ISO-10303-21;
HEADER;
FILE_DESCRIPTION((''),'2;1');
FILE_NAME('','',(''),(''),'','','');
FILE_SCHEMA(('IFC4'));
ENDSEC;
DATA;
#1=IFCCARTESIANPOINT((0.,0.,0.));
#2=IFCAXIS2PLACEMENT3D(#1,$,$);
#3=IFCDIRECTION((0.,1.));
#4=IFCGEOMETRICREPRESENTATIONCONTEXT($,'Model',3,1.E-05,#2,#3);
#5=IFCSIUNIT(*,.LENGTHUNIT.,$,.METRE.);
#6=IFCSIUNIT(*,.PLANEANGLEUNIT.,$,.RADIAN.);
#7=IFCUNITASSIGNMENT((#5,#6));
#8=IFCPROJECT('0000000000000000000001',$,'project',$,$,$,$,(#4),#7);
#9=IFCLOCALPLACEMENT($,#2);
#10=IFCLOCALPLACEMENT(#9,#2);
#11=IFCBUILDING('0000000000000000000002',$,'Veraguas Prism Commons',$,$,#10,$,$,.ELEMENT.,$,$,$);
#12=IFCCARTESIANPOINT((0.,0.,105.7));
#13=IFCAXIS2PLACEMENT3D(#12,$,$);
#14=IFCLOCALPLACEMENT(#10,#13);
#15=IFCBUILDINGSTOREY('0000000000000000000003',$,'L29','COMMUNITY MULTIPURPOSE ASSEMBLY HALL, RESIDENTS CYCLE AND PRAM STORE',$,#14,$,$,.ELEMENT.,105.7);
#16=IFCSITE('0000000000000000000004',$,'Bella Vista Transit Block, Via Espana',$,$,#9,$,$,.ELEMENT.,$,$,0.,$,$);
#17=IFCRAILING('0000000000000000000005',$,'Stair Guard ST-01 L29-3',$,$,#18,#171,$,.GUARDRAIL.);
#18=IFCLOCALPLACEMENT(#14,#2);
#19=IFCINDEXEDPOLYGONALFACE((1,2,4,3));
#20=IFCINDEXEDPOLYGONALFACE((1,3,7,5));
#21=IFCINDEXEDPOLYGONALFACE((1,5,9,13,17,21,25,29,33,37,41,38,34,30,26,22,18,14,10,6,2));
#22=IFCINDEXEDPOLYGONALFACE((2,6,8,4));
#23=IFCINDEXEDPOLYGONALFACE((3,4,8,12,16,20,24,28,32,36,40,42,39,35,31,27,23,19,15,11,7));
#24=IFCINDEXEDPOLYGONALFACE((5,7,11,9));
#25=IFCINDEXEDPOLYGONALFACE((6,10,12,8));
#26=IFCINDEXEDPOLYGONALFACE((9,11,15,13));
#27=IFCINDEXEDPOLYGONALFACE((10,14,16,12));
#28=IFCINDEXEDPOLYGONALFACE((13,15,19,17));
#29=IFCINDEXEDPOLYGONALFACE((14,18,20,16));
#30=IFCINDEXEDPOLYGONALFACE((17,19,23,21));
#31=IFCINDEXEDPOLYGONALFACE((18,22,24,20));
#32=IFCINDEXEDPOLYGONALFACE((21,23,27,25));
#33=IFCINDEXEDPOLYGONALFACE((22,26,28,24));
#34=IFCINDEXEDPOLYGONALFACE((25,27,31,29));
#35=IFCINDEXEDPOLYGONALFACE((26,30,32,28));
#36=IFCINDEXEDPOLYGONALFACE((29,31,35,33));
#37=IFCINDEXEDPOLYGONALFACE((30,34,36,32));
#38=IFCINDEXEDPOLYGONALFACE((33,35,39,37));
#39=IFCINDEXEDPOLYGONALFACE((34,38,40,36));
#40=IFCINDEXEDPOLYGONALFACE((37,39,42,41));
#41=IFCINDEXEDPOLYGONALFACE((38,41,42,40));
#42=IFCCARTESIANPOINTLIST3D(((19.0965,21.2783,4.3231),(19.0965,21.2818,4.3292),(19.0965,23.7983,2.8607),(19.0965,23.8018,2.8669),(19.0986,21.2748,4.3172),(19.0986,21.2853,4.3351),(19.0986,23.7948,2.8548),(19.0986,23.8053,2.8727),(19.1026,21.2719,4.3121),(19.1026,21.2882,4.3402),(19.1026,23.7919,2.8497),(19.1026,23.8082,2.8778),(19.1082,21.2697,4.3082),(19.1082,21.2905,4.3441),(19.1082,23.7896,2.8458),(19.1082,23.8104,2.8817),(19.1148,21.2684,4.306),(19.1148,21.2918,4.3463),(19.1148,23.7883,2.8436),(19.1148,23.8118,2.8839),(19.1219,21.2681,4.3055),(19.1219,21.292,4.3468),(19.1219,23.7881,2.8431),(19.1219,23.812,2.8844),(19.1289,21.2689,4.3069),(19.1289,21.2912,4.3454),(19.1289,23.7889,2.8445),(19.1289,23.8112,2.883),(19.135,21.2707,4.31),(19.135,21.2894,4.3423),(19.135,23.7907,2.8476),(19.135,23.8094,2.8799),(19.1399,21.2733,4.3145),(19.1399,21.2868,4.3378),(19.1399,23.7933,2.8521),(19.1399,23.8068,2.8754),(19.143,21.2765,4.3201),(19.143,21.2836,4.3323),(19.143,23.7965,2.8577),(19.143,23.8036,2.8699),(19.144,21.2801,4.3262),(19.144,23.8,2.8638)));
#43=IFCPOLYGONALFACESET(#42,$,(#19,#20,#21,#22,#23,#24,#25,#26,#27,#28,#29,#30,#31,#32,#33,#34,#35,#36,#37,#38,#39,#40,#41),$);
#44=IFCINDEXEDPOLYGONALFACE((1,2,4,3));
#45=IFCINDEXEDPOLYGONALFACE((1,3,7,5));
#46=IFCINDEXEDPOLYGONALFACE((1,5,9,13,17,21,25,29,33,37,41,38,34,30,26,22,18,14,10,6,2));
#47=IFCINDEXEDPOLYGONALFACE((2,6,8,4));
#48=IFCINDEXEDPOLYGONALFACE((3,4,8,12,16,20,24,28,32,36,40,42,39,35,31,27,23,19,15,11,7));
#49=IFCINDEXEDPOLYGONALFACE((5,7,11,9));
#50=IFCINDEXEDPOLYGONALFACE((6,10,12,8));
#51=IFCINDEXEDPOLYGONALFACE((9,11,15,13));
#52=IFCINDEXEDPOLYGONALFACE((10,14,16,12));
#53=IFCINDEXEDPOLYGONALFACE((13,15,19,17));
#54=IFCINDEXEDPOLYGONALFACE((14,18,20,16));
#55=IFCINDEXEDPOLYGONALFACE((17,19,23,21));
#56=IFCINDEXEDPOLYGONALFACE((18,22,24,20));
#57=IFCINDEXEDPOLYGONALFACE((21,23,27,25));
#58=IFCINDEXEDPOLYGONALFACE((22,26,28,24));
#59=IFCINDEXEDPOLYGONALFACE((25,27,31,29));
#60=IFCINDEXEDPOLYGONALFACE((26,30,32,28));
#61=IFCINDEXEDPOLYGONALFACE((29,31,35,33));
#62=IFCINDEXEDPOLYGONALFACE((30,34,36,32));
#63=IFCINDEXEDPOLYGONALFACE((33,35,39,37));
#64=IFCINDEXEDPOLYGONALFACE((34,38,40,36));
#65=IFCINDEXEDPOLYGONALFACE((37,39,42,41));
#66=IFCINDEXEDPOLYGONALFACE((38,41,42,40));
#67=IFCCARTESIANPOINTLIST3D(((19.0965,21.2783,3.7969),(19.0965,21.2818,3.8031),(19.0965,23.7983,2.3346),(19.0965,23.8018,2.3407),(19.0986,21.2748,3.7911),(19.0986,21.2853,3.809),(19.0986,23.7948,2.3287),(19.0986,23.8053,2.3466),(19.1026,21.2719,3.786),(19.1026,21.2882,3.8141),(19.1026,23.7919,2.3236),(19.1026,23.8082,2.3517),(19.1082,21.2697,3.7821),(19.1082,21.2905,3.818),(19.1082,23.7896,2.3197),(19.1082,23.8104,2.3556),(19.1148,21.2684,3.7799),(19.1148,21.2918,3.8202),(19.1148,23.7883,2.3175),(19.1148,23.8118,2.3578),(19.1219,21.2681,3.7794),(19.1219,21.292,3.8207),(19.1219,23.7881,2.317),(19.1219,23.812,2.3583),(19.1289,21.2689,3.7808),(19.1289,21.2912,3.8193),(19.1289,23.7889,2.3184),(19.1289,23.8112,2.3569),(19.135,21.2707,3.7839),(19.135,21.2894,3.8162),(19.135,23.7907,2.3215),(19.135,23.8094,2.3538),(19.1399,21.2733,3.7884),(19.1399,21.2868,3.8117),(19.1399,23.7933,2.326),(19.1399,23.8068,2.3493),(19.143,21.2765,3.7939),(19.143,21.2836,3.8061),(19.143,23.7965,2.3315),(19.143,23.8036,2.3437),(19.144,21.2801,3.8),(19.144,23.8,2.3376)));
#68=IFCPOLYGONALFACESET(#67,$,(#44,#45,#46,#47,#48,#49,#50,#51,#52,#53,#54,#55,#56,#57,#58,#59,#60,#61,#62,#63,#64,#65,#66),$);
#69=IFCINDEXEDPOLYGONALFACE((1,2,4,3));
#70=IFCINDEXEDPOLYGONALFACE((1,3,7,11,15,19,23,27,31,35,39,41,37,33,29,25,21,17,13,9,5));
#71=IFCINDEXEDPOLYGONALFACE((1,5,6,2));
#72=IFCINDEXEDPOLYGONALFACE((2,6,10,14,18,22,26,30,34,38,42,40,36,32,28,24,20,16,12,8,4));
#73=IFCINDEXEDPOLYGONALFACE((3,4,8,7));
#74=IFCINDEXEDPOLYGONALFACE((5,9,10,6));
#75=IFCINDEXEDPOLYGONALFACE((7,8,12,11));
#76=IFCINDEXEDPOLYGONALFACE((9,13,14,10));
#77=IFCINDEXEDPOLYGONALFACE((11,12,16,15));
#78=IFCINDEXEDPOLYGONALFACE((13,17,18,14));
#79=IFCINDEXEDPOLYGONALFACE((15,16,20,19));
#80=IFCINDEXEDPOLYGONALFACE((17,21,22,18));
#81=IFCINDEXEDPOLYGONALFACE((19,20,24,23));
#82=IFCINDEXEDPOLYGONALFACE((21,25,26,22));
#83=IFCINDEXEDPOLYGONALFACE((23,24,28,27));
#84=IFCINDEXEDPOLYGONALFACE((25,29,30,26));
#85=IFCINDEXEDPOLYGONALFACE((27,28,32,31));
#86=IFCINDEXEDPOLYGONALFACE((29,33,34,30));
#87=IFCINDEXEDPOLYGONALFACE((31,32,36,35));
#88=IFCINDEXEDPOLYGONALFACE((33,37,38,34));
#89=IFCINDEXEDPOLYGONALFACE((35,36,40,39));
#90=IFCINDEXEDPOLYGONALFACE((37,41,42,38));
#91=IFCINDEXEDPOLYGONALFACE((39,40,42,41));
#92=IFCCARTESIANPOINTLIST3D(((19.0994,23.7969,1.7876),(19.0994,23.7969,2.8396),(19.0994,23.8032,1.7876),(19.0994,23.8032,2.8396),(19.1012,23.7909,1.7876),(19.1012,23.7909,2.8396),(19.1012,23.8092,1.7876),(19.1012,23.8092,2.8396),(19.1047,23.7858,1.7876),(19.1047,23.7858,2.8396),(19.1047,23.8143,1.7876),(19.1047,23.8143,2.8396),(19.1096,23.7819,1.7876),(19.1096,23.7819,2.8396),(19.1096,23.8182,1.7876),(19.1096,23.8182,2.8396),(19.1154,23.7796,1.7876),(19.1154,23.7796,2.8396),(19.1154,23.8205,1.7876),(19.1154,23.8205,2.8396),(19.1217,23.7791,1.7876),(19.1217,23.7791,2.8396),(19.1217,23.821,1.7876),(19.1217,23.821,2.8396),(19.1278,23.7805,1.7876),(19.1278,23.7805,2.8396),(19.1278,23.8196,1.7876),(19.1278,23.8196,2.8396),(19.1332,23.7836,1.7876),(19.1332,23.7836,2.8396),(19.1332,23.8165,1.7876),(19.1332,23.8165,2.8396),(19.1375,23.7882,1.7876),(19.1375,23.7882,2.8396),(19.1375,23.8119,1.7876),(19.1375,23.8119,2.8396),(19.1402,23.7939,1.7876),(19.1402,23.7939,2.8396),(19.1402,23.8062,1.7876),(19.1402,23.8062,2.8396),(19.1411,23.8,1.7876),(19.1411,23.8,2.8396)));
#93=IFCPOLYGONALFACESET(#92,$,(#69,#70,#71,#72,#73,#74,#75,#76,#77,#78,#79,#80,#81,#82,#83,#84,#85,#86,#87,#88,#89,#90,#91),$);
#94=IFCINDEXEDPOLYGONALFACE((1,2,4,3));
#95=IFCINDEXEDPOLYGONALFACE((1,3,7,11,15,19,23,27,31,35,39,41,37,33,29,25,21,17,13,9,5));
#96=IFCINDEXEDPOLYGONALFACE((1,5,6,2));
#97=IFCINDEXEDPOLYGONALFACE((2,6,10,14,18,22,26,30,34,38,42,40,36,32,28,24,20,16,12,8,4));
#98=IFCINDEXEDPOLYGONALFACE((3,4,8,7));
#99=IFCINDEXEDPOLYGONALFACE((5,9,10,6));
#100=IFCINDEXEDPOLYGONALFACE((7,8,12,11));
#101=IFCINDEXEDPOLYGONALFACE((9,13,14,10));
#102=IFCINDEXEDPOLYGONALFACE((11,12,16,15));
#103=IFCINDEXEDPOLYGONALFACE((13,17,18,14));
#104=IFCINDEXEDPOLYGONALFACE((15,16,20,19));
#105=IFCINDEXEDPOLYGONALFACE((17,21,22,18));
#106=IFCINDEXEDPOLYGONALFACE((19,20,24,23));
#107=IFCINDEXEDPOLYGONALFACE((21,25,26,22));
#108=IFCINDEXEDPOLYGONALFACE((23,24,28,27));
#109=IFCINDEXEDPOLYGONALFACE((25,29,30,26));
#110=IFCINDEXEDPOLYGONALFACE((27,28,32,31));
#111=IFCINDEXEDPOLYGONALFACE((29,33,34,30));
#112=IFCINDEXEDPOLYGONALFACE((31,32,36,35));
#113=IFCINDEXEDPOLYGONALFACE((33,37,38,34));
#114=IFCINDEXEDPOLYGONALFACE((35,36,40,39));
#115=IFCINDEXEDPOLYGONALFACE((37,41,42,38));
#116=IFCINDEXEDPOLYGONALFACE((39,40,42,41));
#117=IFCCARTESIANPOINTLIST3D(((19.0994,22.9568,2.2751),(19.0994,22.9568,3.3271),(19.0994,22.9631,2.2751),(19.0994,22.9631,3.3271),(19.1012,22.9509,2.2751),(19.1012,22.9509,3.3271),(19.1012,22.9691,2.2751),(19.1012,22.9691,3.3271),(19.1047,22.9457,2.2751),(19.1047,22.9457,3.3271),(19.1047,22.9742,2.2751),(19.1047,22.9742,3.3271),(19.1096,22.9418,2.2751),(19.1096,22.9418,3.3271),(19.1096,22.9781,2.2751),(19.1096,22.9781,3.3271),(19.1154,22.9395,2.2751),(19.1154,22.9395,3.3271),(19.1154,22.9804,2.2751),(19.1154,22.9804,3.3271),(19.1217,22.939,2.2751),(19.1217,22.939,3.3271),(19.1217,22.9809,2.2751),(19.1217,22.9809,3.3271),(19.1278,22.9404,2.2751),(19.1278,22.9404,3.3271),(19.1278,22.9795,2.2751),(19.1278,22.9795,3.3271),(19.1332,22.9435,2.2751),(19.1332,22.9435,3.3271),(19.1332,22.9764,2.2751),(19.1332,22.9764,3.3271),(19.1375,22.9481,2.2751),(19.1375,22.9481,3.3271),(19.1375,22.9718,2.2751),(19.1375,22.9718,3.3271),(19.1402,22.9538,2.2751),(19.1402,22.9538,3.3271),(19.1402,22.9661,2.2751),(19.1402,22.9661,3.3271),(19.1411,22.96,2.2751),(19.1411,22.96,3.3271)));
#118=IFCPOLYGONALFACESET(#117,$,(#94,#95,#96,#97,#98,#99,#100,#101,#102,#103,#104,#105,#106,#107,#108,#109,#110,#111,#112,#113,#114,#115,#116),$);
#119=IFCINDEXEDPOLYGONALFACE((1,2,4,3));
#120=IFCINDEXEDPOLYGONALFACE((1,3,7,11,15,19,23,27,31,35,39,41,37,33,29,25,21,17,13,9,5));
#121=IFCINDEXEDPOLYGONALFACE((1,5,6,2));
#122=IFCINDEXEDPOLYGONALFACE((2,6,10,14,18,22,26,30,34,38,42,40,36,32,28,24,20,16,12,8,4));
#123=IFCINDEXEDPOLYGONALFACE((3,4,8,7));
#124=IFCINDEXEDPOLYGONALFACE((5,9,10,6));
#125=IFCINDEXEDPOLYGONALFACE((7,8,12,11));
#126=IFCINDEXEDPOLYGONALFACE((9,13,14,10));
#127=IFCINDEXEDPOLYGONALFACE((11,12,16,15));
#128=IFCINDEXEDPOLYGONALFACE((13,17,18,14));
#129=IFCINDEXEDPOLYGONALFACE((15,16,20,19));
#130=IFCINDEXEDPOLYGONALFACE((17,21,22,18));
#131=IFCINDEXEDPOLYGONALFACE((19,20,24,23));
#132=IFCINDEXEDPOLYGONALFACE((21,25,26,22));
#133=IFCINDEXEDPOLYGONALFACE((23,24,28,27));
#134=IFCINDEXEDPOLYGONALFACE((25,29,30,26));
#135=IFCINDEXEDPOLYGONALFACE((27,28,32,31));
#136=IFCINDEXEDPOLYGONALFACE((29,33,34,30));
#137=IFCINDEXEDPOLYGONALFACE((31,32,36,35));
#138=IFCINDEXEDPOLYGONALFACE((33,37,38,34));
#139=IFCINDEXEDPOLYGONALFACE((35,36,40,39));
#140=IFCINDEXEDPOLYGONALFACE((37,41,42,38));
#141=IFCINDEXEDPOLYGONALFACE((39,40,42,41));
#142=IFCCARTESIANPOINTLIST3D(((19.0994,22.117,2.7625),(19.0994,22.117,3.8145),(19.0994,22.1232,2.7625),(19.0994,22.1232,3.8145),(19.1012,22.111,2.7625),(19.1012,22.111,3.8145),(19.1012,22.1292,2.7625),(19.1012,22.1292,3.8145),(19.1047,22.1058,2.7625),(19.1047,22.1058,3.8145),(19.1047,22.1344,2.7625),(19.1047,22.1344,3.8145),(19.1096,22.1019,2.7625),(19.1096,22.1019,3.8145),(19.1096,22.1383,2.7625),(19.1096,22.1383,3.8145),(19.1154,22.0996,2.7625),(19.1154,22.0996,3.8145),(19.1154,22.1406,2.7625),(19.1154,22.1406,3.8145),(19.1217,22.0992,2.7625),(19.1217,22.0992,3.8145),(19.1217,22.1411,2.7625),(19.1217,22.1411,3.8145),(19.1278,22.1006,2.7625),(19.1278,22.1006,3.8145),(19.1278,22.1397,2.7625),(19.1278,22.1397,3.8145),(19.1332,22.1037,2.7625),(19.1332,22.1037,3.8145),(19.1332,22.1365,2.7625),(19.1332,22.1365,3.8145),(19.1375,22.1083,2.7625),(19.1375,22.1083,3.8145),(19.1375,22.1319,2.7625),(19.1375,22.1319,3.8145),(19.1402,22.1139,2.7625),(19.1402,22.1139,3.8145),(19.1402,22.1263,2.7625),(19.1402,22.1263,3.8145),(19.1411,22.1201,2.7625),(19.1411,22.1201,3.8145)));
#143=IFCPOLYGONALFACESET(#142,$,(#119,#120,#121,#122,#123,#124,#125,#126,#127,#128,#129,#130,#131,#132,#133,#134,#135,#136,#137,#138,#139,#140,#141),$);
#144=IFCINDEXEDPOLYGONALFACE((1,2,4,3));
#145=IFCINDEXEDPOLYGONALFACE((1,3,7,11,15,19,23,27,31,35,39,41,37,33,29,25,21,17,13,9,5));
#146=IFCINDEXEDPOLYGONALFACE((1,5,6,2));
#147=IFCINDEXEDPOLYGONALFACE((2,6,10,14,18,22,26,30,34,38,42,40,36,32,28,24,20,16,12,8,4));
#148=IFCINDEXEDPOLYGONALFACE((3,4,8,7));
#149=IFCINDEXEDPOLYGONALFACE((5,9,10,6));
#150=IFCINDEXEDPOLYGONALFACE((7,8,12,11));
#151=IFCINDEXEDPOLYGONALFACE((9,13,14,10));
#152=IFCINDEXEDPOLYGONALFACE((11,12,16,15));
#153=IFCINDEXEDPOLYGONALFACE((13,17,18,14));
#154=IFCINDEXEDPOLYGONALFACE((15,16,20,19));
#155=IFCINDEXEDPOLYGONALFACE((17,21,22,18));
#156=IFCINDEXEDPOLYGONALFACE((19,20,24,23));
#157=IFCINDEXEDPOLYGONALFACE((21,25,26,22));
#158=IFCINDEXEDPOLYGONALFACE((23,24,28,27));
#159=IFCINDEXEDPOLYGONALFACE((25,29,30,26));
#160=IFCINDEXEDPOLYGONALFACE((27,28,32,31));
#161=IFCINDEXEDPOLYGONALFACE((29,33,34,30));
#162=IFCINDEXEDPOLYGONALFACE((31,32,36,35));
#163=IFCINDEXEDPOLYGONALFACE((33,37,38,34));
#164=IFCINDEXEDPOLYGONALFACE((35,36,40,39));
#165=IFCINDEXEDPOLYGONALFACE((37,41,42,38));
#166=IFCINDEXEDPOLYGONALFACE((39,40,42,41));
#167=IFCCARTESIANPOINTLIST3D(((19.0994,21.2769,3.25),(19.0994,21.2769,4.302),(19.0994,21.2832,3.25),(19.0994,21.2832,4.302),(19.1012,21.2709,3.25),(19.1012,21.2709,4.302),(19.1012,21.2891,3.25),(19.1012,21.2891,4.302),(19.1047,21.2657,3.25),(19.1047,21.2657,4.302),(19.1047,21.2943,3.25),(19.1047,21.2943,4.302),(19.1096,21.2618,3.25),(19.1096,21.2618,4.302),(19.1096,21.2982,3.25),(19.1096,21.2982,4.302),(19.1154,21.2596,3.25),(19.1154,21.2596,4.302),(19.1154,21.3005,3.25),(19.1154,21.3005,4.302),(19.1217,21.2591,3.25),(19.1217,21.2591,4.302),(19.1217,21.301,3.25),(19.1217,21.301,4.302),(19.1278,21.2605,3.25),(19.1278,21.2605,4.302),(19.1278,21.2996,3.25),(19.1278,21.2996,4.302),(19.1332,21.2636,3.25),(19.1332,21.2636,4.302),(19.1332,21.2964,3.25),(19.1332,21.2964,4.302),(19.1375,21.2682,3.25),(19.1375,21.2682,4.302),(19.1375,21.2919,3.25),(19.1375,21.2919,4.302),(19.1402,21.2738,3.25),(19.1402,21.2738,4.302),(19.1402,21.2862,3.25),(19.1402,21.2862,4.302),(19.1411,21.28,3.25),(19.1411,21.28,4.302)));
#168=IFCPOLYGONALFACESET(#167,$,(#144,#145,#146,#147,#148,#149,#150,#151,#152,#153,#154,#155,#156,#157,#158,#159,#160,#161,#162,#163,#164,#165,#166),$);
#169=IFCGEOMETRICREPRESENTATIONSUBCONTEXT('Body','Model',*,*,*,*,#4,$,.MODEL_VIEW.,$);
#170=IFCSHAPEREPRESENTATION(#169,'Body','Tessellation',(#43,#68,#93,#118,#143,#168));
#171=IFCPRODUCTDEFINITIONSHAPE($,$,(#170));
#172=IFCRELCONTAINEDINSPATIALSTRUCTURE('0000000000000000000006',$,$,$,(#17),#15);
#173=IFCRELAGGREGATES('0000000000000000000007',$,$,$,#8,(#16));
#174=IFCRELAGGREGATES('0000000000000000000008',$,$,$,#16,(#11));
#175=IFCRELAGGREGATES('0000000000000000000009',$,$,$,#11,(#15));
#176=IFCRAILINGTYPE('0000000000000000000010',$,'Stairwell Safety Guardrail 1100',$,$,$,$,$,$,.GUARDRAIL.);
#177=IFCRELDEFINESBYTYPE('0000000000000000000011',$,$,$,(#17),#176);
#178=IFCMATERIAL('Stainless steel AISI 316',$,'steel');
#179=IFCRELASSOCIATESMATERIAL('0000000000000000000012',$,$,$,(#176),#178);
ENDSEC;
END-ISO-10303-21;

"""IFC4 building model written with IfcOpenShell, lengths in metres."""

from ifc_helpers import new_model, si_unit, direction, frame, origin, origin_2d, place, context, subcontext, project, spatial, circle, extrude, material, type_object, element, save


model = new_model("IFC4")

# Units and contexts
model_context = context("Model", 3, precision=1e-05, world=origin(), true_north=direction((0.0, 1.0)))
body_context = subcontext(model_context, "Body", "Model", "MODEL_VIEW")
ifc_project = project(units=[si_unit("LENGTHUNIT", "METRE"), si_unit("PLANEANGLEUNIT", "RADIAN")], contexts=[model_context])

# Site, building, storey
site_placement = place(None, origin())
site = spatial("IfcSite", under=ifc_project, at=site_placement, Name="Bella Vista Transit Block, Via Espana", CompositionType="ELEMENT", RefElevation=0.0)
building_placement = place(site_placement, origin())
building = spatial("IfcBuilding", under=site, at=building_placement, Name="Veraguas Prism Commons", CompositionType="ELEMENT")
storey_placement = place(building_placement, frame((0.0, 0.0, 105.7)))
storey = spatial("IfcBuildingStorey", under=building, at=storey_placement, Name="L29", Description="COMMUNITY MULTIPURPOSE ASSEMBLY HALL, RESIDENTS CYCLE AND PRAM STORE", CompositionType="ELEMENT", Elevation=105.7)

# Railing
ifc_material_1 = material(Name="Stainless steel AISI 316", Category="steel")
railing_type_1 = type_object("IfcRailingType", Name="Stairwell Safety Guardrail 1100", PredefinedType="GUARDRAIL", material=ifc_material_1)
railing_1_placement = place(storey_placement, frame((19.1201, 23.8, 1.7876)))
element("IfcRailing", 1, at=railing_1_placement, inside=storey, type_object=railing_type_1, Name="Stair Guard ST-01 L29-3", PredefinedType="GUARDRAIL", context=body_context, shape_type="SweptSolid", body=[
    extrude(circle(Radius=0.0239, at=origin_2d()), frame((0.0, 0.0, 1.0762), z_axis=(0.0, -0.864913, 0.501921), x_axis=(1.0, 0.0, 0.0)), (0.0, 0.0, 1.0), 2.9136),
    extrude(circle(Radius=0.0239, at=origin_2d()), frame((0.0, 0.0, 0.55), z_axis=(0.0, -0.864913, 0.501921), x_axis=(1.0, 0.0, 0.0)), (0.0, 0.0, 1.0), 2.9136),
    extrude(circle(Radius=0.021, at=origin_2d()), origin(), (0.0, 0.0, 1.0), 1.052),
    extrude(circle(Radius=0.021, at=origin_2d()), frame((0.0, -0.8401, 0.4875)), (0.0, 0.0, 1.0), 1.052),
    extrude(circle(Radius=0.021, at=origin_2d()), frame((0.0, -1.6799, 0.9749)), (0.0, 0.0, 1.0), 1.052),
    extrude(circle(Radius=0.021, at=origin_2d()), frame((0.0, -2.52, 1.4624)), (0.0, 0.0, 1.0), 1.052),
])

save(model, "model.ifc")
